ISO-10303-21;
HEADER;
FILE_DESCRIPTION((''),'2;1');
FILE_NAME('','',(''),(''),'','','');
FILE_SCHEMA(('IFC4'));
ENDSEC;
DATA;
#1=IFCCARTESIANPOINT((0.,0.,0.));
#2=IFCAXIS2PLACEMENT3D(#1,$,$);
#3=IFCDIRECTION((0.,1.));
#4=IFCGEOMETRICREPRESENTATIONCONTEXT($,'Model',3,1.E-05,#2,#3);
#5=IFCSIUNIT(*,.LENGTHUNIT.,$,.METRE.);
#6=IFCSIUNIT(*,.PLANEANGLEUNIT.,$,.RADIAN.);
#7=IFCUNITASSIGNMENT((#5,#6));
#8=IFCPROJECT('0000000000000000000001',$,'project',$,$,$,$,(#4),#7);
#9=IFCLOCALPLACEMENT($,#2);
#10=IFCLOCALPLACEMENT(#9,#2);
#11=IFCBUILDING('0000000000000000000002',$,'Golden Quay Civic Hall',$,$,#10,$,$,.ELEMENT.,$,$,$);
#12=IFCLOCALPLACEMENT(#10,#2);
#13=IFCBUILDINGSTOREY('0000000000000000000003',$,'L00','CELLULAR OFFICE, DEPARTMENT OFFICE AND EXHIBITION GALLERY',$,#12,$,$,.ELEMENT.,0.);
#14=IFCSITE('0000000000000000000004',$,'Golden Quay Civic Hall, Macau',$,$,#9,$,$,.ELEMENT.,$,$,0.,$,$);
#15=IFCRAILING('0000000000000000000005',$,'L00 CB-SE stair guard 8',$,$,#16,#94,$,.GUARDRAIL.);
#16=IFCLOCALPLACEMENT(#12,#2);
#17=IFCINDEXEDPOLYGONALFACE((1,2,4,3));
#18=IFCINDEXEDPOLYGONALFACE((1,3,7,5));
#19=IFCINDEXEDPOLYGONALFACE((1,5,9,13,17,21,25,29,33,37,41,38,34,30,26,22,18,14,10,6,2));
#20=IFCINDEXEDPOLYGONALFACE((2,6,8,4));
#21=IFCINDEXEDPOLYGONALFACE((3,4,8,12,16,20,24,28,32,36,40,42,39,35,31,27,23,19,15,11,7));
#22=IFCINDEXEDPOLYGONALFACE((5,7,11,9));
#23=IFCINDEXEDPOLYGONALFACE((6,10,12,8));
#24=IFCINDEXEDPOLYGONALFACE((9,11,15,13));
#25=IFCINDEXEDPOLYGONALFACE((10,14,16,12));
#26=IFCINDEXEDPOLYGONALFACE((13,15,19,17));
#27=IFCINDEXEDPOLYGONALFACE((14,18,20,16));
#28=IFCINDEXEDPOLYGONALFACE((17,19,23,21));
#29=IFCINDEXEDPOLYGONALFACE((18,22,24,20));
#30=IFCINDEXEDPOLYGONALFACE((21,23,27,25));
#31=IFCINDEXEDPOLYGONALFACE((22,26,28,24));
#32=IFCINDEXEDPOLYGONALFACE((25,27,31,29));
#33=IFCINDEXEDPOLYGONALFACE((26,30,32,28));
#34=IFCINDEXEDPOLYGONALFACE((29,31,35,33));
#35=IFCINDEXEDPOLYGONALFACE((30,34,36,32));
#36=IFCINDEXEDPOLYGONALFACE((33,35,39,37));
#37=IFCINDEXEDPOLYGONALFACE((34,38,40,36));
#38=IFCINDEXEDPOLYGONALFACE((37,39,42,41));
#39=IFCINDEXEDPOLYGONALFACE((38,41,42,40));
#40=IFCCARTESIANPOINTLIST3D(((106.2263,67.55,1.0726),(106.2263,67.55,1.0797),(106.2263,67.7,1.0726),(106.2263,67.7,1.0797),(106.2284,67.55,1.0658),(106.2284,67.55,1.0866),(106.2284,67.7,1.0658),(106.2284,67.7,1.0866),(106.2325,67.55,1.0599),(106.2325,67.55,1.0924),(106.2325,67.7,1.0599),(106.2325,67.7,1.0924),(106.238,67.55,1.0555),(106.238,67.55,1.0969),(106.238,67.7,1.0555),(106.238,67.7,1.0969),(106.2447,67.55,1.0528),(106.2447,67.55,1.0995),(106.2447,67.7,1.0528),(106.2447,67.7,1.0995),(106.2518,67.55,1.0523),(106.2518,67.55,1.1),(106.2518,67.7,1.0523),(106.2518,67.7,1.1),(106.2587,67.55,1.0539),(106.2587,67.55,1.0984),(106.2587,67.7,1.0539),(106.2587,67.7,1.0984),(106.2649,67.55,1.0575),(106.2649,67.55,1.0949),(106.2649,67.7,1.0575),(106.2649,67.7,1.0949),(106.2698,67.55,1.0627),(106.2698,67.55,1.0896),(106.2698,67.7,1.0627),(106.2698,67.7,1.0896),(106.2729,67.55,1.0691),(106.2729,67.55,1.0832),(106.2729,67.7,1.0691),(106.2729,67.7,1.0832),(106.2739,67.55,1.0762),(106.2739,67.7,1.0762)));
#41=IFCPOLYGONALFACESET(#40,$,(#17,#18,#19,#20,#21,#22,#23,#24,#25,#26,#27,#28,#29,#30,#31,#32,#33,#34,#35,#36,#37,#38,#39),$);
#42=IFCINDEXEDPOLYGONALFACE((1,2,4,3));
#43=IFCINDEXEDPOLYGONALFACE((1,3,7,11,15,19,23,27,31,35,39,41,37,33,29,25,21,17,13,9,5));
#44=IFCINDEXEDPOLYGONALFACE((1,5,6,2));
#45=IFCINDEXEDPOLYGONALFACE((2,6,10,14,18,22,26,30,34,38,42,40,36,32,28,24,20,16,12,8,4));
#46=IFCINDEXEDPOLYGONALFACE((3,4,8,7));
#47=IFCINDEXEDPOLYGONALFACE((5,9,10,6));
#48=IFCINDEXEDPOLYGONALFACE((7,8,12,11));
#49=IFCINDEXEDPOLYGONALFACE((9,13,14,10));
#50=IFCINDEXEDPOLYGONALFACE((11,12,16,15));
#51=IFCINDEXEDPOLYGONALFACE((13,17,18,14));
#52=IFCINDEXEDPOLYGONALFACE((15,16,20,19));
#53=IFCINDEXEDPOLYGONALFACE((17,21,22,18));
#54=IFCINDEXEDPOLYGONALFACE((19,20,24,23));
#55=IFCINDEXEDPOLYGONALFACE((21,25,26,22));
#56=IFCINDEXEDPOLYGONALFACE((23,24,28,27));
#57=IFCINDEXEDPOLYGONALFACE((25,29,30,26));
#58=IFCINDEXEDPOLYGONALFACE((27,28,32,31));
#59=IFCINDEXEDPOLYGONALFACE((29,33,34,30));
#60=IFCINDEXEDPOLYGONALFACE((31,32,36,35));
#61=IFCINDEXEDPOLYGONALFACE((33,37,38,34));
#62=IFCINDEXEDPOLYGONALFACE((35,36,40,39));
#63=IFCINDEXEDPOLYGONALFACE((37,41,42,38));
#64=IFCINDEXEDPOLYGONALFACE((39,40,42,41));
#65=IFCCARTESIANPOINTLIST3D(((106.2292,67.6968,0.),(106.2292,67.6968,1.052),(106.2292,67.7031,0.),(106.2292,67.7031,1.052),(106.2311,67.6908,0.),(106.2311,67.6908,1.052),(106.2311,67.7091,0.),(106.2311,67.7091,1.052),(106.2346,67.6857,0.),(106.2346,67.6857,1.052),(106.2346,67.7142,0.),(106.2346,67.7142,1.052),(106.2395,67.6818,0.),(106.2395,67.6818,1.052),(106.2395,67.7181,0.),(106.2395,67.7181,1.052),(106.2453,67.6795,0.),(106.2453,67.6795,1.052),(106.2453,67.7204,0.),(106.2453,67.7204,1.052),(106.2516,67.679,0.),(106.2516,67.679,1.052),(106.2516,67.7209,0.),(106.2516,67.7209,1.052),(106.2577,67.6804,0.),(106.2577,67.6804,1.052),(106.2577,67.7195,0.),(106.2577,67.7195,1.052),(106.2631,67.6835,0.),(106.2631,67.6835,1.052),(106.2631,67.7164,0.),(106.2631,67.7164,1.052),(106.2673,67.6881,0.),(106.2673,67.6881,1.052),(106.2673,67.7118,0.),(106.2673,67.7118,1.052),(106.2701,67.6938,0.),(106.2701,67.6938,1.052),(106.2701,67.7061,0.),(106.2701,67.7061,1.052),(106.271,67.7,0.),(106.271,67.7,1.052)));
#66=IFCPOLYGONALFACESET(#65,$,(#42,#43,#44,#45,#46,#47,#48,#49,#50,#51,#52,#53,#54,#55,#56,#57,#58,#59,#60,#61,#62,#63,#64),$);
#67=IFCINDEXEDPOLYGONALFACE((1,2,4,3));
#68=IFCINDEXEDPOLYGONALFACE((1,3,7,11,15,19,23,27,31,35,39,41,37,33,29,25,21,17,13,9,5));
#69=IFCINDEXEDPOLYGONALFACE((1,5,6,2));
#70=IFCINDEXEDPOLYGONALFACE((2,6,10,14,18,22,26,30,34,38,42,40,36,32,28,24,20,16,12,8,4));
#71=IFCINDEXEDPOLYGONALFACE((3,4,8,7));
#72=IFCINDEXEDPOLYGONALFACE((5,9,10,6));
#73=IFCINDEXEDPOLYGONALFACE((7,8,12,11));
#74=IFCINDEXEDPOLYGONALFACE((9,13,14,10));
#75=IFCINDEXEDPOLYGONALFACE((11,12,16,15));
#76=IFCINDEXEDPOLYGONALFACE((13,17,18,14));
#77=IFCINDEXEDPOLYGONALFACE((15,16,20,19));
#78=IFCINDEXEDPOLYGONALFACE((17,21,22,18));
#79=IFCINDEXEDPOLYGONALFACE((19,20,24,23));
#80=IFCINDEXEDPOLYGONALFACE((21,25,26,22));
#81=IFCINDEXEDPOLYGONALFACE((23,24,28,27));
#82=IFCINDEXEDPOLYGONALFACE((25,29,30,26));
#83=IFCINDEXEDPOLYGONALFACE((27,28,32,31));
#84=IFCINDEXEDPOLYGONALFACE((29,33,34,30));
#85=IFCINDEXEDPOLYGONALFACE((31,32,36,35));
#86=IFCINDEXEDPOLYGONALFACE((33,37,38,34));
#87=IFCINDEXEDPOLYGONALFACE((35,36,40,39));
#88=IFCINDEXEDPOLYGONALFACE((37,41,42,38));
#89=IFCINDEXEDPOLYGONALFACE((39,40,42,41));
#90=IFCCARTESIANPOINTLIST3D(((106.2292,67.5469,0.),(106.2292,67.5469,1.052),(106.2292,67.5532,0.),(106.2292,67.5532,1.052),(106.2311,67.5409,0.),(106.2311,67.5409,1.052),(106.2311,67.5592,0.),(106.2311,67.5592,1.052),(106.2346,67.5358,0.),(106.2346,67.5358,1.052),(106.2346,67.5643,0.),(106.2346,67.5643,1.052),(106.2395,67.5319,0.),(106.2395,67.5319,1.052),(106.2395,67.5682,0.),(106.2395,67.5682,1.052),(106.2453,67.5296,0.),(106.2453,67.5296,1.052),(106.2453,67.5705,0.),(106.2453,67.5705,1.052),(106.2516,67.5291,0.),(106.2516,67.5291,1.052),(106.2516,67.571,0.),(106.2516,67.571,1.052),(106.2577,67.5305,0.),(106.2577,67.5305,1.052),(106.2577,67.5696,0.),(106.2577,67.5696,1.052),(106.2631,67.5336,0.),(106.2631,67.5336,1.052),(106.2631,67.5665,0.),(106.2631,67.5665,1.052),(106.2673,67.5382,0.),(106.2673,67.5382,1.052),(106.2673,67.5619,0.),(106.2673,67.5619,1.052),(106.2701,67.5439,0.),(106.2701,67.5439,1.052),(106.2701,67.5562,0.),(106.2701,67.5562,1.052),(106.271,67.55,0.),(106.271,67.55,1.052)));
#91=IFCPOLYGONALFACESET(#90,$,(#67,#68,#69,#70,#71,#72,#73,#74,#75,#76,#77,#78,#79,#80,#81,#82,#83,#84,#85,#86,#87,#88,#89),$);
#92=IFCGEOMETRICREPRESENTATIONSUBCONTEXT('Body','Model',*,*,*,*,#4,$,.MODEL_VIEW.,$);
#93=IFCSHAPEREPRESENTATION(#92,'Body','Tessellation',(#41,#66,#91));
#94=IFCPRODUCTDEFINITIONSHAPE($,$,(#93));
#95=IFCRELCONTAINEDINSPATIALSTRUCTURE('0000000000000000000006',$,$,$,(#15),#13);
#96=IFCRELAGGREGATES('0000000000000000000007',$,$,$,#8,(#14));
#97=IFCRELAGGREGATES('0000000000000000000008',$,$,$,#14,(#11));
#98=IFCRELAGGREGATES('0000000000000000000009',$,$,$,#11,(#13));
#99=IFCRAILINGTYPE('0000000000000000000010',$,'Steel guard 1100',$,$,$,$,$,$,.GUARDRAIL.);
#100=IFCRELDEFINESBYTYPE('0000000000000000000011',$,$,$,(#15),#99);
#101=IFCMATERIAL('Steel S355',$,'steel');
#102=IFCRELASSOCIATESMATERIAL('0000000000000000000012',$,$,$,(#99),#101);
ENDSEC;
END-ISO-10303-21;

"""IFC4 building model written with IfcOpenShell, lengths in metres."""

from ifc_helpers import new_model, si_unit, direction, frame, origin, origin_2d, place, context, subcontext, project, spatial, circle, extrude, material, type_object, element, save


model = new_model("IFC4")

# Units and contexts
model_context = context("Model", 3, precision=1e-05, world=origin(), true_north=direction((0.0, 1.0)))
body_context = subcontext(model_context, "Body", "Model", "MODEL_VIEW")
ifc_project = project(units=[si_unit("LENGTHUNIT", "METRE"), si_unit("PLANEANGLEUNIT", "RADIAN")], contexts=[model_context])

# Site, building, storey
site_placement = place(None, origin())
site = spatial("IfcSite", under=ifc_project, at=site_placement, Name="Golden Quay Civic Hall, Macau", CompositionType="ELEMENT", RefElevation=0.0)
building_placement = place(site_placement, origin())
building = spatial("IfcBuilding", under=site, at=building_placement, Name="Golden Quay Civic Hall", CompositionType="ELEMENT")
storey_placement = place(building_placement, origin())
storey = spatial("IfcBuildingStorey", under=building, at=storey_placement, Name="L00", Description="CELLULAR OFFICE, DEPARTMENT OFFICE AND EXHIBITION GALLERY", CompositionType="ELEMENT", Elevation=0.0)

# Railing
ifc_material_1 = material(Name="Steel S355", Category="steel")
railing_type_1 = type_object("IfcRailingType", Name="Steel guard 1100", PredefinedType="GUARDRAIL", material=ifc_material_1)
railing_1_placement = place(storey_placement, frame((106.25, 67.7, 0.0)))
element("IfcRailing", 1, at=railing_1_placement, inside=storey, type_object=railing_type_1, Name="L00 CB-SE stair guard 8", PredefinedType="GUARDRAIL", context=body_context, shape_type="SweptSolid", body=[
    extrude(circle(Radius=0.0239, at=origin_2d()), frame((0.0, 0.0, 1.0762), z_axis=(0.0, -1.0, 0.0), x_axis=(1.0, 0.0, 0.0)), (0.0, 0.0, 1.0), 0.1499),
    extrude(circle(Radius=0.021, at=origin_2d()), origin(), (0.0, 0.0, 1.0), 1.052),
    extrude(circle(Radius=0.021, at=origin_2d()), frame((0.0, -0.1499, 0.0)), (0.0, 0.0, 1.0), 1.052),
])

save(model, "model.ifc")
